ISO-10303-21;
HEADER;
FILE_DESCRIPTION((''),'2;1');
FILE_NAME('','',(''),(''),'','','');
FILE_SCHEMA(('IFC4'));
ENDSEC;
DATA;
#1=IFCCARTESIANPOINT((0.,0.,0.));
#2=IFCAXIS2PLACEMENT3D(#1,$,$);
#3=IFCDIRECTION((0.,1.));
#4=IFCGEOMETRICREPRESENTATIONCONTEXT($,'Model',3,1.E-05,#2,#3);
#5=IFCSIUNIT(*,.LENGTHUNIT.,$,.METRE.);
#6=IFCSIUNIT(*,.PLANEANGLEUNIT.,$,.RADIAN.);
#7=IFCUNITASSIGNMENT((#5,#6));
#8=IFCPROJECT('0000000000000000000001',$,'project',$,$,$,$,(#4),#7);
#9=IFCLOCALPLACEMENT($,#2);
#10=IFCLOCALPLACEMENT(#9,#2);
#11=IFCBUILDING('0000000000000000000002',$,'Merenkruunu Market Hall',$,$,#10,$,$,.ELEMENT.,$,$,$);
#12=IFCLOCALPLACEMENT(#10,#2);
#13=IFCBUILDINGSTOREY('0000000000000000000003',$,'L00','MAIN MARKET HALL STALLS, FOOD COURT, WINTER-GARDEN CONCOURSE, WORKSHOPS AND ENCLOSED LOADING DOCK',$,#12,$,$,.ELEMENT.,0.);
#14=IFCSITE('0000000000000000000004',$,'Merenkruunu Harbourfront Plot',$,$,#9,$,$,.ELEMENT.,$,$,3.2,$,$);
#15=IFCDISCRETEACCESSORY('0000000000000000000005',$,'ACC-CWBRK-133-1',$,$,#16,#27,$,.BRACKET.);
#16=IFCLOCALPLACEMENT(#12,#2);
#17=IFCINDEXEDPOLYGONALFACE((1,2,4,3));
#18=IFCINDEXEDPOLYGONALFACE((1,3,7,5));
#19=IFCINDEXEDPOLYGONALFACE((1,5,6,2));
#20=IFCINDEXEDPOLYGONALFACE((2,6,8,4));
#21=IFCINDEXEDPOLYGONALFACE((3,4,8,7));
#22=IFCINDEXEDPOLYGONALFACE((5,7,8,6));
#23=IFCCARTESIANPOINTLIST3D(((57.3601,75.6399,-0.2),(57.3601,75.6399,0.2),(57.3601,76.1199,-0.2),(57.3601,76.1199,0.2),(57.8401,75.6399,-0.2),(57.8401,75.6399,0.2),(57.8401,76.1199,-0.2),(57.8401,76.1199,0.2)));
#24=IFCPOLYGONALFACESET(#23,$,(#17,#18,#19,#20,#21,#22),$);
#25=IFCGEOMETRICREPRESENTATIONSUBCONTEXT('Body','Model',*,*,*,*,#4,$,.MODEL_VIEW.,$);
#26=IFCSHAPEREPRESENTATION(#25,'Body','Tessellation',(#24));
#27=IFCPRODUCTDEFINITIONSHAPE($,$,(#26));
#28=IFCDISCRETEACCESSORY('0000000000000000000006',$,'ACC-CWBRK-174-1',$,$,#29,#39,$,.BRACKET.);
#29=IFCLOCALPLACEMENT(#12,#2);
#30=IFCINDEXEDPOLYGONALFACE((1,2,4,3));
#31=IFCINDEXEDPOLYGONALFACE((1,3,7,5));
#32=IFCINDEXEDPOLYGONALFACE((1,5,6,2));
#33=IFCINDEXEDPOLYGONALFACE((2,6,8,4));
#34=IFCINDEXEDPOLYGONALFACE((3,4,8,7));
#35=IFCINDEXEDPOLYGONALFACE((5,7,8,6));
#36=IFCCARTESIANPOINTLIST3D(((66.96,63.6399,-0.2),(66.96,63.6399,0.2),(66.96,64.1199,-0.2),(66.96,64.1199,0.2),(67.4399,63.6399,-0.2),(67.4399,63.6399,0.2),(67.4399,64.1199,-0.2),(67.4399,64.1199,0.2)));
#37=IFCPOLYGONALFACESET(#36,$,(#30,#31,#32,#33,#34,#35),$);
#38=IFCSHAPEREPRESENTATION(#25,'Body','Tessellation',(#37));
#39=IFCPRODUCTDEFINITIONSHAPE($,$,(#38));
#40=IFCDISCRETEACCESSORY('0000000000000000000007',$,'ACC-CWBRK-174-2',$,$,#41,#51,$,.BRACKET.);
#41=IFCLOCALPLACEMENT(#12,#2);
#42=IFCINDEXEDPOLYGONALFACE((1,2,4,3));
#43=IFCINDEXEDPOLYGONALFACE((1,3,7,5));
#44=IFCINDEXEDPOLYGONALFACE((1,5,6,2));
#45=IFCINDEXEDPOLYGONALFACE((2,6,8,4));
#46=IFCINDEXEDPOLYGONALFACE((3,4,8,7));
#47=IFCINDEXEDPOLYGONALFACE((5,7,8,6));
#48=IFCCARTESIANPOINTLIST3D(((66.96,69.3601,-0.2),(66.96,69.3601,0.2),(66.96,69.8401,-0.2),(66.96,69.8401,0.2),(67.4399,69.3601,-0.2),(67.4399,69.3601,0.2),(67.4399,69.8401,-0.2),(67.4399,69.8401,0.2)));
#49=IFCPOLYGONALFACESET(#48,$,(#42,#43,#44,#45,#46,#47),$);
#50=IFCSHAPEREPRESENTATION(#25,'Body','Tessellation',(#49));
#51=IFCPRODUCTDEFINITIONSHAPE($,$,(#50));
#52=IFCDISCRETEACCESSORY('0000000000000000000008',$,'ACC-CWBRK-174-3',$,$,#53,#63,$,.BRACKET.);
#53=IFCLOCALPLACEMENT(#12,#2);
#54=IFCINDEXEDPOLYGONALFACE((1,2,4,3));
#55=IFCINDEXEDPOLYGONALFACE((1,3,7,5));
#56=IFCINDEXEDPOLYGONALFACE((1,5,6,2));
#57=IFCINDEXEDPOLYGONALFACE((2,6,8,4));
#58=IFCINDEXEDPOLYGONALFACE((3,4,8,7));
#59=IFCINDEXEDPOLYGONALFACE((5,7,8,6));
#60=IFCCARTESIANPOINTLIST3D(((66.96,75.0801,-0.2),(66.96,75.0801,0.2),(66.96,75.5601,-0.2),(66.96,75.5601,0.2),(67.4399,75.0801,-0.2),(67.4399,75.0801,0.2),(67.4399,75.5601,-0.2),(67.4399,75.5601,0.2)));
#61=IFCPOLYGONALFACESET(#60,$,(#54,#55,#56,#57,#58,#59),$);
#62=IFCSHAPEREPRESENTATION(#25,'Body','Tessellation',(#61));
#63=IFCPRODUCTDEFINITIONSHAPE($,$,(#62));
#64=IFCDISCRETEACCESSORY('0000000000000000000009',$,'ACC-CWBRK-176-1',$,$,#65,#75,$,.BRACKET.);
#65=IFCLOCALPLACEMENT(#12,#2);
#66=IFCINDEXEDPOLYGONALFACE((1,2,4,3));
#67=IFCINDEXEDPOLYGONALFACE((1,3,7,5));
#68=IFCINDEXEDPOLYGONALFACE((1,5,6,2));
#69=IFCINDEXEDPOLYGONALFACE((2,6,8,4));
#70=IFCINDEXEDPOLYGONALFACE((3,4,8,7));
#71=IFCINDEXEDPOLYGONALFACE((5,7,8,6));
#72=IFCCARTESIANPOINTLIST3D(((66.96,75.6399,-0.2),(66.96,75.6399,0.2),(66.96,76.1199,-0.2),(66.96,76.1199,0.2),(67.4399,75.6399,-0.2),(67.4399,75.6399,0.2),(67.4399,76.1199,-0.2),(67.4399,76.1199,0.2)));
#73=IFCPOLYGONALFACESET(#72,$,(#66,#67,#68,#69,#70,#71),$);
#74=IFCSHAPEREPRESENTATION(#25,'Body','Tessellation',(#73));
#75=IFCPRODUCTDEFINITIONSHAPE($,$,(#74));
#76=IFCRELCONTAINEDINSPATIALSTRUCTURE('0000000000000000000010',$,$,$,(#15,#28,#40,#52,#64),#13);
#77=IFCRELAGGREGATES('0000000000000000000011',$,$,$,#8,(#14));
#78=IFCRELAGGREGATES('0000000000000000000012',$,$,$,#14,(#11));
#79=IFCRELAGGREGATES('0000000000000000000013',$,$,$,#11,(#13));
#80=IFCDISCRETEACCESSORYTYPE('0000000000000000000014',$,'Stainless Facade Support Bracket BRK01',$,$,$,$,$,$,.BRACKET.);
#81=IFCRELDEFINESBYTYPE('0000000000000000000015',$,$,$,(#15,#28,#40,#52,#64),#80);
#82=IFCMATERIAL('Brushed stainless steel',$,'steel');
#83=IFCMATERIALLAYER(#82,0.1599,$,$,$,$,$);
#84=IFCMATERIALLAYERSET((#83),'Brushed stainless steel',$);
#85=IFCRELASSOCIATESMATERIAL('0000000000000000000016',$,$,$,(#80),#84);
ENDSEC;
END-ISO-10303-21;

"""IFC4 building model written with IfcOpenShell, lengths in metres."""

from ifc_helpers import new_model, si_unit, direction, frame, origin, origin_2d, place, context, subcontext, project, spatial, rectangle, extrude, material, layer, layer_set, type_object, element, save


model = new_model("IFC4")

# Units and contexts
model_context = context("Model", 3, precision=1e-05, world=origin(), true_north=direction((0.0, 1.0)))
body_context = subcontext(model_context, "Body", "Model", "MODEL_VIEW")
ifc_project = project(units=[si_unit("LENGTHUNIT", "METRE"), si_unit("PLANEANGLEUNIT", "RADIAN")], contexts=[model_context])

# Site, building, storey
site_placement = place(None, origin())
site = spatial("IfcSite", under=ifc_project, at=site_placement, Name="Merenkruunu Harbourfront Plot", CompositionType="ELEMENT", RefElevation=3.2)
building_placement = place(site_placement, origin())
building = spatial("IfcBuilding", under=site, at=building_placement, Name="Merenkruunu Market Hall", CompositionType="ELEMENT")
storey_placement = place(building_placement, origin())
storey = spatial("IfcBuildingStorey", under=building, at=storey_placement, Name="L00", Description="MAIN MARKET HALL STALLS, FOOD COURT, WINTER-GARDEN CONCOURSE, WORKSHOPS AND ENCLOSED LOADING DOCK", CompositionType="ELEMENT", Elevation=0.0)

# Shared definitions
ifc_material_1 = material(Name="Brushed stainless steel", Category="steel")

# Discrete accessories
ifc_layer_1 = layer(ifc_material_1, 0.1599)
ifc_layer_set_1 = layer_set([ifc_layer_1], Name="Brushed stainless steel")
discrete_accessory_type = type_object("IfcDiscreteAccessoryType", Name="Stainless Facade Support Bracket BRK01", PredefinedType="BRACKET", material=ifc_layer_set_1)
for number, where, z_axis, x_axis, name in (
    (1, (57.6001, 75.8799, -0.2), (0.0, 0.0, 1.0), (1.0, 0.0, 0.0), "ACC-CWBRK-133-1"),
    (2, (67.2, 63.8799, -0.2), (0.0, 0.0, 1.0), (1.0, 0.0, 0.0), "ACC-CWBRK-174-1"),
    (3, (67.2, 69.6001, -0.2), (0.0, 0.0, 1.0), (1.0, 0.0, 0.0), "ACC-CWBRK-174-2"),
    (4, (67.2, 75.3201, -0.2), (0.0, 0.0, 1.0), (1.0, 0.0, 0.0), "ACC-CWBRK-174-3"),
    (5, (67.2, 75.8799, -0.2), (0.0, 0.0, 1.0), (1.0, 0.0, 0.0), "ACC-CWBRK-176-1"),
):
    element("IfcDiscreteAccessory", number, at=place(storey_placement, frame(where, z_axis=z_axis, x_axis=x_axis)), inside=storey, type_object=discrete_accessory_type, Name=name, PredefinedType="BRACKET", context=body_context, shape_type="SweptSolid", body=[
        extrude(rectangle(XDim=0.48, YDim=0.48, at=origin_2d()), origin(), (0.0, 0.0, 1.0), 0.3999),
    ])

save(model, "model.ifc")
